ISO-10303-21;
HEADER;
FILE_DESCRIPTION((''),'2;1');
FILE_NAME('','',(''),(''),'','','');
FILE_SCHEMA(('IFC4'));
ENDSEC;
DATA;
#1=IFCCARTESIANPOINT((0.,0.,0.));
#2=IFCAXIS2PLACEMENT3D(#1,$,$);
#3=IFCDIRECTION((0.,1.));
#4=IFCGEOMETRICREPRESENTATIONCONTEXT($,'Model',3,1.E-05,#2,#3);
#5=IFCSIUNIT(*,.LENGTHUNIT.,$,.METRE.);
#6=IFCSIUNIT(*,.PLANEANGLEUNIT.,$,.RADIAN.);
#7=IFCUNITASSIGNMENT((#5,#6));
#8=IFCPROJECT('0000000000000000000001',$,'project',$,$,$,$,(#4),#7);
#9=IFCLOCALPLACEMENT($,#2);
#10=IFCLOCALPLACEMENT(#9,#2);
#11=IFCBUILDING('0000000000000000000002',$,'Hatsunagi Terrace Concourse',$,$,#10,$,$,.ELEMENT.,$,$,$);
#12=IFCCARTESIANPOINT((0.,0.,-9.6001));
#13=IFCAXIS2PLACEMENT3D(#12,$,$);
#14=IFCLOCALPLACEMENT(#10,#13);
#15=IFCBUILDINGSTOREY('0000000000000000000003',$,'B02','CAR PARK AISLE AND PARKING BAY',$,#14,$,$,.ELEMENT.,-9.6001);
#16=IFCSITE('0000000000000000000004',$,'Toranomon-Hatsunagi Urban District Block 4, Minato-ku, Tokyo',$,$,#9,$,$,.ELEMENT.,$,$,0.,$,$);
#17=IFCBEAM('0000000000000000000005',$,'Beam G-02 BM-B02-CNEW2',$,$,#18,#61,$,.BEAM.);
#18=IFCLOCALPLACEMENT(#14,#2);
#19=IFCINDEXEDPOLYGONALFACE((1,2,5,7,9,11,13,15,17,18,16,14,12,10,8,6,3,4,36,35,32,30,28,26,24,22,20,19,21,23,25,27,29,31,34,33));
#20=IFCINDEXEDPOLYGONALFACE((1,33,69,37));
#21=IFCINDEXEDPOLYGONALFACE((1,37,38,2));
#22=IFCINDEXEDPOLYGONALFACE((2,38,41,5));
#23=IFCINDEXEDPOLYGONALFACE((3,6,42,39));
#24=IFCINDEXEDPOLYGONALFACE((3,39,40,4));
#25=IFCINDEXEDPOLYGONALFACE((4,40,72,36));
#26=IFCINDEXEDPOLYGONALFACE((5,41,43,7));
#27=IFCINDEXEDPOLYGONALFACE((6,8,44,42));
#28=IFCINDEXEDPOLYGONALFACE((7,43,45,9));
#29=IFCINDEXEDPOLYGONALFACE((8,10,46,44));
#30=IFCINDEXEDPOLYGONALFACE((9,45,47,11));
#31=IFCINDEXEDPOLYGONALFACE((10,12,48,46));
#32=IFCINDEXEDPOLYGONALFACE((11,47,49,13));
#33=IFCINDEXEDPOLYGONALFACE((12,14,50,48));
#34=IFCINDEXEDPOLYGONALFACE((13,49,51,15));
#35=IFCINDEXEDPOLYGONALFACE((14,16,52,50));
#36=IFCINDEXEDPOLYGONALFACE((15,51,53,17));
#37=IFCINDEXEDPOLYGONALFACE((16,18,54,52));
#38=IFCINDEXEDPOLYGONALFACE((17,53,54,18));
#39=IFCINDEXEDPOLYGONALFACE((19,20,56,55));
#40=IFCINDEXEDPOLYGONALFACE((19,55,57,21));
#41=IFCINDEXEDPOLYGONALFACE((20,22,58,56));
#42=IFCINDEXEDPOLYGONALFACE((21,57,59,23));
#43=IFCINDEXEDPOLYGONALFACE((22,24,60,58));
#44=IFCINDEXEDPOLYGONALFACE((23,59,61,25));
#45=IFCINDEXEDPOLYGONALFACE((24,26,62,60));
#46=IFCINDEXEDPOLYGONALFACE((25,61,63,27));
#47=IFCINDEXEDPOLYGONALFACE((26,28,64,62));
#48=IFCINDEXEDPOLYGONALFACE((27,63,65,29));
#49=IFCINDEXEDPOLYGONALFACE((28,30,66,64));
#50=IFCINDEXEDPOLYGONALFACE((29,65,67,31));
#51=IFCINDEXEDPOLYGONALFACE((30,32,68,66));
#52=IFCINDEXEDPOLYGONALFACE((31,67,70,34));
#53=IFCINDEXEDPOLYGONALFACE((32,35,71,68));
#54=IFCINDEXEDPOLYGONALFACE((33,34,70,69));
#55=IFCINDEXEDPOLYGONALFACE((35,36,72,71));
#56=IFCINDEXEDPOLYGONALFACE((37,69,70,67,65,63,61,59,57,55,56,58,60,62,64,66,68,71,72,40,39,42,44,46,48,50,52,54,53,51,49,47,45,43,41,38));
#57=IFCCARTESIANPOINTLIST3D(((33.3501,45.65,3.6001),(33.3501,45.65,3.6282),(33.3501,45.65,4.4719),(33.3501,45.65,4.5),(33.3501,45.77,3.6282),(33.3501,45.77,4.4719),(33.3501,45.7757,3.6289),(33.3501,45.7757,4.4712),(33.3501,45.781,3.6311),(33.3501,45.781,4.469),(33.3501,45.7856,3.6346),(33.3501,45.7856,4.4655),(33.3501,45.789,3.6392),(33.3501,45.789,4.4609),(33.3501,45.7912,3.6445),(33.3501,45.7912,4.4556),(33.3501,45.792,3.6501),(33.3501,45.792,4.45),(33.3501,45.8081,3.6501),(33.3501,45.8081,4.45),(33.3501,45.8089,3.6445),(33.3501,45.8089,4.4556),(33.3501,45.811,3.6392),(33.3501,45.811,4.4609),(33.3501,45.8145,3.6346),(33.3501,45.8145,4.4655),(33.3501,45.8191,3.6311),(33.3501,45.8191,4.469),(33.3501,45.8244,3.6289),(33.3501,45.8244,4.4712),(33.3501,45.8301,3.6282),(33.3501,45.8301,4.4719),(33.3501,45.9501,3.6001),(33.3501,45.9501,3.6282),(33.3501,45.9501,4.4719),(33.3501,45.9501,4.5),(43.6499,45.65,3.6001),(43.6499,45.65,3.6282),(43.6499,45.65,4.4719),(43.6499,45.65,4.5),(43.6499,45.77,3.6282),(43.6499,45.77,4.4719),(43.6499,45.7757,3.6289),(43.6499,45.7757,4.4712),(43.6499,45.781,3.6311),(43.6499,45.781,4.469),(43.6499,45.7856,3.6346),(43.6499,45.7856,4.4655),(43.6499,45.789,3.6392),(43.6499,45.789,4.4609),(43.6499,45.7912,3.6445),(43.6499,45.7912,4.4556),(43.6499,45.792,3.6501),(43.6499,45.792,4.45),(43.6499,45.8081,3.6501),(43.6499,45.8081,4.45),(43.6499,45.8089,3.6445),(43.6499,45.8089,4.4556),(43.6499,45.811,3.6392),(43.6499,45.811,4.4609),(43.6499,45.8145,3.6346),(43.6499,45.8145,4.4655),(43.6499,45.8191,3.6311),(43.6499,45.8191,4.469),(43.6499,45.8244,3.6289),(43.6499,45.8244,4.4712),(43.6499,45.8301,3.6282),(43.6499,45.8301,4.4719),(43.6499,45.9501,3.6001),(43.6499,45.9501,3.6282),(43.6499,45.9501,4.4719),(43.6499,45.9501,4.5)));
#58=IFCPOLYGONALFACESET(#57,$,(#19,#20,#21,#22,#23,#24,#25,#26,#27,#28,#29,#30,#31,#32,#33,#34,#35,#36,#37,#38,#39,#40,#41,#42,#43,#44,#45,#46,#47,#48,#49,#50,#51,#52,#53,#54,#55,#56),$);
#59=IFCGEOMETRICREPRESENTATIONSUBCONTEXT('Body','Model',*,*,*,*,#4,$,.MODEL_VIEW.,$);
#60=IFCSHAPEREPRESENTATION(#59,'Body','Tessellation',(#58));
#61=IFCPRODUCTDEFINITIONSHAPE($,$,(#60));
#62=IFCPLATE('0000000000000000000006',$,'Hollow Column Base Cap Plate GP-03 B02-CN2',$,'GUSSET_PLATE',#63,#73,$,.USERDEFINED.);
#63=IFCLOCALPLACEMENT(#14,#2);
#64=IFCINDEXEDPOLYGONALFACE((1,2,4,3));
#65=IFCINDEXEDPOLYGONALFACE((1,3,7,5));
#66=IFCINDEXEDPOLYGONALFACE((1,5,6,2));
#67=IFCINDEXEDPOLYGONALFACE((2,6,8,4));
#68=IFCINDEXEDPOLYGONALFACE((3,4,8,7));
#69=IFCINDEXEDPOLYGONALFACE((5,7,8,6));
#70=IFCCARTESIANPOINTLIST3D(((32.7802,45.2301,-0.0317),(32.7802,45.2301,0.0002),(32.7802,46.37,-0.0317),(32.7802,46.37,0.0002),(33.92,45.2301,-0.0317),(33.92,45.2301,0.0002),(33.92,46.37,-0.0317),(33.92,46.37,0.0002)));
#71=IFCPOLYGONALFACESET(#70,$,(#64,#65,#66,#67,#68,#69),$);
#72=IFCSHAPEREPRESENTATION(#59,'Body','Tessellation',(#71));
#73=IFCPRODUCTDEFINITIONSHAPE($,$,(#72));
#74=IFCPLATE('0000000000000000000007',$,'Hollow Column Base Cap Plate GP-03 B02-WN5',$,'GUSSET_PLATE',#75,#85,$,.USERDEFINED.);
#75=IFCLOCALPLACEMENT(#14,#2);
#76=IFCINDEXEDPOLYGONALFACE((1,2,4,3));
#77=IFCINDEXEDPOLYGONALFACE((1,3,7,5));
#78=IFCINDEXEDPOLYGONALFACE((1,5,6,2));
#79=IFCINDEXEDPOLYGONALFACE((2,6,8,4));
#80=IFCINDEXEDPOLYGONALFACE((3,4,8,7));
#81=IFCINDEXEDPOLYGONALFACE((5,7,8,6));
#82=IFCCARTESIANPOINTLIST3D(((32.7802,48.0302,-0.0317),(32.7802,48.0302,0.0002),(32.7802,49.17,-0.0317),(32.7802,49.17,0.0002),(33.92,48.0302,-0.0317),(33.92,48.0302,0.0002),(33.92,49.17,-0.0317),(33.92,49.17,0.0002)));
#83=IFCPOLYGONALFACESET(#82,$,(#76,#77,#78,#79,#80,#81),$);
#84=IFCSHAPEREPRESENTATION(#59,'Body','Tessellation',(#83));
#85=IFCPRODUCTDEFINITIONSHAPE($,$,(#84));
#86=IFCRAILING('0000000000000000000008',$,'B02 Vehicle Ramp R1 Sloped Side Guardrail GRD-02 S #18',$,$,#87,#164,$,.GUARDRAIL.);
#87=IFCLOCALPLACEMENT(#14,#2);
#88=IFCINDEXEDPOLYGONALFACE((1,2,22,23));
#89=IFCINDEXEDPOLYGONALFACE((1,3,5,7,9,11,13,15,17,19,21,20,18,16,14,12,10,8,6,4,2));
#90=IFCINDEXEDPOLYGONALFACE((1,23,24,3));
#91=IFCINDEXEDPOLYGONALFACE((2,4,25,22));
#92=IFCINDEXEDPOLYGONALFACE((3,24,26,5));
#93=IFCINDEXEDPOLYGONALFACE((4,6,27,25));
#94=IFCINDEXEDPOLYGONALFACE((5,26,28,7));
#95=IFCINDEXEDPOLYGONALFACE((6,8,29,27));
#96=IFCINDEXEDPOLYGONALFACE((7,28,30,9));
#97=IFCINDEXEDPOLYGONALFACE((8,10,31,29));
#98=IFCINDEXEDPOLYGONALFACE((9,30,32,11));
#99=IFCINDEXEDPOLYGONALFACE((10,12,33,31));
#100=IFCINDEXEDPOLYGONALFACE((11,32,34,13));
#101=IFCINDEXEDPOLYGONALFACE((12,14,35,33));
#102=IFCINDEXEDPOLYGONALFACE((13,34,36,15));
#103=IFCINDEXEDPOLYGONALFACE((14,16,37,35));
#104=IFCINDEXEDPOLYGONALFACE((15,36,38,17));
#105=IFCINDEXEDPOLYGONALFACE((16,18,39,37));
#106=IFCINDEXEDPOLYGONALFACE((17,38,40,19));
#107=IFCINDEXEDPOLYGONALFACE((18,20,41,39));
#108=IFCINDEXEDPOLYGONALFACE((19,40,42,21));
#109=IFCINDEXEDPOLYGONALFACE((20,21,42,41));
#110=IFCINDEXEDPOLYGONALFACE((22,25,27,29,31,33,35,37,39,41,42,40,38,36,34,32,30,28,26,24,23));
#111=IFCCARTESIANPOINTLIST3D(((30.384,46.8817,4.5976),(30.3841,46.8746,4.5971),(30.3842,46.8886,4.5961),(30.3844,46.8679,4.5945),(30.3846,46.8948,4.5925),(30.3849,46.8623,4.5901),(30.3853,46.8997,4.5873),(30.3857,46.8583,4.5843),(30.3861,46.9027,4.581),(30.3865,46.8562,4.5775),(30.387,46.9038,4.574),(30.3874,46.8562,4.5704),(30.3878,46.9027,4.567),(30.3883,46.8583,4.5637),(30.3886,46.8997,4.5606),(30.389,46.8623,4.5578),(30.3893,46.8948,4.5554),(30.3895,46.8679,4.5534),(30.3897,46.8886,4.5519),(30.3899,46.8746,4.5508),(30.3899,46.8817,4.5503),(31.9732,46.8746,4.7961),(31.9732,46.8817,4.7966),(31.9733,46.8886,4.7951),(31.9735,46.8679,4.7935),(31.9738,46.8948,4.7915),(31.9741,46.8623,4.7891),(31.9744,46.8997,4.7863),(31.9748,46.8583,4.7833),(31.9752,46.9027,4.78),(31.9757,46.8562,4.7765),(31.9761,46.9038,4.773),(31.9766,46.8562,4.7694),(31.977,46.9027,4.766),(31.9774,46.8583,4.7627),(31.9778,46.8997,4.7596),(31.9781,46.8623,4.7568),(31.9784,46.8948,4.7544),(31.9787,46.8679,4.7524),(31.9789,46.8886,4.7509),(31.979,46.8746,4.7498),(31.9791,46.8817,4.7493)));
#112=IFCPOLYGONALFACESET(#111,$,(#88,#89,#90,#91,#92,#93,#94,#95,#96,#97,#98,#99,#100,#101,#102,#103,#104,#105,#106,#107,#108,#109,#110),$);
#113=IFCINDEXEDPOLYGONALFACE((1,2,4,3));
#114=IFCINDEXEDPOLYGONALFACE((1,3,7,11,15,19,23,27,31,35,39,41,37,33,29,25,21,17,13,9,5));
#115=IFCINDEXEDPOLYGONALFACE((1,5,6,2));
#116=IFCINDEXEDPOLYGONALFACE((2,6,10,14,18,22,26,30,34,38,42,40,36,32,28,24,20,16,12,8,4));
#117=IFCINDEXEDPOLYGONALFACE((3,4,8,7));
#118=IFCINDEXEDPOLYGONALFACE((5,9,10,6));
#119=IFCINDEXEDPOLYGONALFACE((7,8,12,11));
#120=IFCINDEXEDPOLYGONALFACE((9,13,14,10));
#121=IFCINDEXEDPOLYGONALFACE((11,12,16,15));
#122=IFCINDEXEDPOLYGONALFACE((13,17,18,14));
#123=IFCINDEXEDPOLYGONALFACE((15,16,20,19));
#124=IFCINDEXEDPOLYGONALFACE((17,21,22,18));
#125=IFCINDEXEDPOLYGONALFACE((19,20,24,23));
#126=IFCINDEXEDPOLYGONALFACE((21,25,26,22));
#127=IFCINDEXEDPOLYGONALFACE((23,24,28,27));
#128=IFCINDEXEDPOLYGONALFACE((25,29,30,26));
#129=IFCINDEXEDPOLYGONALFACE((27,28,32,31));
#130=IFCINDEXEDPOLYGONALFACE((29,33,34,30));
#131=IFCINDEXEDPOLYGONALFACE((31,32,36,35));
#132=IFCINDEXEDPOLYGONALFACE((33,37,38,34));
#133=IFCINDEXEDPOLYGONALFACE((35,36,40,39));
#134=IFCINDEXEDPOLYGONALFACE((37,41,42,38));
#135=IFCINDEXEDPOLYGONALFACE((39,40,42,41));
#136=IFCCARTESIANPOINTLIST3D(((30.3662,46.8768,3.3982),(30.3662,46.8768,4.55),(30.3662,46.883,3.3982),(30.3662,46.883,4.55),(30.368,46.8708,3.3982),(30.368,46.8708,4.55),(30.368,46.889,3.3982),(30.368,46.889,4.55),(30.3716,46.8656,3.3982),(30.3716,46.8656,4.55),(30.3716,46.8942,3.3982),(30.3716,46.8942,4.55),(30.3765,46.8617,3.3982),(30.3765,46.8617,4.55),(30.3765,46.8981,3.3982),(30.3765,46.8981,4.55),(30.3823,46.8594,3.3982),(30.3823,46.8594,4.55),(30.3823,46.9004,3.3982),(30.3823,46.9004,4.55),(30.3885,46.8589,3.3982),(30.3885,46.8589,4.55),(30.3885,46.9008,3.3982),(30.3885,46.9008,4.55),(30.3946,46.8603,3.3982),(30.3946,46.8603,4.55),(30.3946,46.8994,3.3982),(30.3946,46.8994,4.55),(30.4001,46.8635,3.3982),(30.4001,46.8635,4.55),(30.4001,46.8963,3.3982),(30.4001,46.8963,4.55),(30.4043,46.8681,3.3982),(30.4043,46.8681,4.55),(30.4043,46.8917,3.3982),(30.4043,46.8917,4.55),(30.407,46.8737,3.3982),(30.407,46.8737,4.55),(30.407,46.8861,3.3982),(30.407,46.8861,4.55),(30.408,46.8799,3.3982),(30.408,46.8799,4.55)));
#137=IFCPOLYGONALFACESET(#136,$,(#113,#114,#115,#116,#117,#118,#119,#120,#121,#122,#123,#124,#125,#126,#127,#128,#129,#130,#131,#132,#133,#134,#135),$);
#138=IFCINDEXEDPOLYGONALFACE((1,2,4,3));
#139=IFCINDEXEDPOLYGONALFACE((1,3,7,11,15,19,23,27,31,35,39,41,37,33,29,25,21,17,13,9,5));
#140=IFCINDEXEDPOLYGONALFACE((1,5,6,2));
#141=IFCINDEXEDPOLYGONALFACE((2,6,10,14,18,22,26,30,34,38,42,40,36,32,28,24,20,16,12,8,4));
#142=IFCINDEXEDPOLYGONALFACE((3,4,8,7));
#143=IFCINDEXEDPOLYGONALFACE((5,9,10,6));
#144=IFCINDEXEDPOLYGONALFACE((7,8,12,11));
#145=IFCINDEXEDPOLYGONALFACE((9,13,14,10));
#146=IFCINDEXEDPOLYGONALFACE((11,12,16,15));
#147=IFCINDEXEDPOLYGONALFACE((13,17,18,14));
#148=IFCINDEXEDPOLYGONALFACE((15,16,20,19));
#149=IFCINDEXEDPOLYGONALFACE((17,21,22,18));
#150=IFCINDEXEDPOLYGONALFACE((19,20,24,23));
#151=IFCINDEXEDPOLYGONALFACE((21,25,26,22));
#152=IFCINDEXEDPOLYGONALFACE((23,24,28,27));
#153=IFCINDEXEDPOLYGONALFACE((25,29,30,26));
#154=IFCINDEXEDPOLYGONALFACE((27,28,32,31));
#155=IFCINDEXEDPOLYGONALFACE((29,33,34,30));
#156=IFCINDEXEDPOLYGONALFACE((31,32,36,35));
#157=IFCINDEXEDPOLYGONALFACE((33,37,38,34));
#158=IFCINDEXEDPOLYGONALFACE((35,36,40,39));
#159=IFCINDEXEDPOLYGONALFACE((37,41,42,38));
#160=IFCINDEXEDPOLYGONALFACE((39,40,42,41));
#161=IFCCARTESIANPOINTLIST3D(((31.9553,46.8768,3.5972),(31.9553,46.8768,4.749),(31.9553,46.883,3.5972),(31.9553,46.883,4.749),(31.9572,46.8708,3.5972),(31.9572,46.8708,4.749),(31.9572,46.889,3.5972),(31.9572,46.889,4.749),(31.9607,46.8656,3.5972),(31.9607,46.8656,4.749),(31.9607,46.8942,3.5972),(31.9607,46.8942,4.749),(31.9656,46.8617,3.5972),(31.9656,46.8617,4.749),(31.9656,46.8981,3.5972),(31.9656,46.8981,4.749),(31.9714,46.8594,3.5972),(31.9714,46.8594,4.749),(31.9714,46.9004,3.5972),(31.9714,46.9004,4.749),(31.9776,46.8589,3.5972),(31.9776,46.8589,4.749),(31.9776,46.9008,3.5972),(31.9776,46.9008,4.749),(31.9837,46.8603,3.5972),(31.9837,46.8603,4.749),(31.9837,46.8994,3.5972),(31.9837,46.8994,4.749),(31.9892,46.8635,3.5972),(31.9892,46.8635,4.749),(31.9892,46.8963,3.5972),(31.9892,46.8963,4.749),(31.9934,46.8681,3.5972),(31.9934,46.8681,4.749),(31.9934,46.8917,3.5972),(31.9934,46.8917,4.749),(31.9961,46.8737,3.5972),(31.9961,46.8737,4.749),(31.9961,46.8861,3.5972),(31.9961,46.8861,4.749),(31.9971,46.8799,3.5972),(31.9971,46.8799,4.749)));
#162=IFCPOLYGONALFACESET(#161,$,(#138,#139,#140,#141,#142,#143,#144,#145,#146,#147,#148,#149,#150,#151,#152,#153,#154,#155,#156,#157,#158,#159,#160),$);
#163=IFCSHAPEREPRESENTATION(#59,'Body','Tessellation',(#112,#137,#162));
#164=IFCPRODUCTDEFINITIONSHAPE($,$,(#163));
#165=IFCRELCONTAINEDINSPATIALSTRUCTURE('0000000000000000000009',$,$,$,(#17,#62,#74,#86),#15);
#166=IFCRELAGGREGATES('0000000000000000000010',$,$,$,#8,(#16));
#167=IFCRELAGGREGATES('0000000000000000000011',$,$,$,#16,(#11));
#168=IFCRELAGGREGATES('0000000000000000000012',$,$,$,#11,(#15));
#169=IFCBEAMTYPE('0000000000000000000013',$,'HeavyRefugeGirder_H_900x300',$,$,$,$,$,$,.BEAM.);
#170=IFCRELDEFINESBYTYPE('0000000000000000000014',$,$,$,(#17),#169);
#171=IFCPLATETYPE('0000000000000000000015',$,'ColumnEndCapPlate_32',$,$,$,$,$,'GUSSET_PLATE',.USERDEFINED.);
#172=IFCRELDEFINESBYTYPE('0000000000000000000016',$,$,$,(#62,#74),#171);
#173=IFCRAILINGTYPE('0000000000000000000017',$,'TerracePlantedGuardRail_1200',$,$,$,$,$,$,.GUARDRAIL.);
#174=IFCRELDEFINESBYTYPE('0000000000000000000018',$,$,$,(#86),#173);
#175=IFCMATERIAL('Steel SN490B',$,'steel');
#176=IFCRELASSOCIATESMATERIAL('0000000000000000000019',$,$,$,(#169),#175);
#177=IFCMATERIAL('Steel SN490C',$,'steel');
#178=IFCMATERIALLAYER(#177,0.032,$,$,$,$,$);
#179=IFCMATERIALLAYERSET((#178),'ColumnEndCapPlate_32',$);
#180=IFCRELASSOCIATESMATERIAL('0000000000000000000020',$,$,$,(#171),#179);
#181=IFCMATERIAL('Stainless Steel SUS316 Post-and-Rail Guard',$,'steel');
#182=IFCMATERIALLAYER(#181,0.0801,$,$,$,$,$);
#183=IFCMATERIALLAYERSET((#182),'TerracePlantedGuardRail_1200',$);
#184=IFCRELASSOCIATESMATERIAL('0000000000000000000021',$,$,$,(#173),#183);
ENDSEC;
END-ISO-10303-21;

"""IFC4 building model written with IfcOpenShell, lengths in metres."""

from ifc_helpers import new_model, si_unit, direction, frame, origin, origin_2d, place, context, subcontext, project, spatial, rectangle, circle, i_section, extrude, material, layer, layer_set, material_profile, profile_set, type_object, element, save


model = new_model("IFC4")

# Units and contexts
model_context = context("Model", 3, precision=1e-05, world=origin(), true_north=direction((0.0, 1.0)))
body_context = subcontext(model_context, "Body", "Model", "MODEL_VIEW")
ifc_project = project(units=[si_unit("LENGTHUNIT", "METRE"), si_unit("PLANEANGLEUNIT", "RADIAN")], contexts=[model_context])

# Site, building, storey
site_placement = place(None, origin())
site = spatial("IfcSite", under=ifc_project, at=site_placement, Name="Toranomon-Hatsunagi Urban District Block 4, Minato-ku, Tokyo", CompositionType="ELEMENT", RefElevation=0.0)
building_placement = place(site_placement, origin())
building = spatial("IfcBuilding", under=site, at=building_placement, Name="Hatsunagi Terrace Concourse", CompositionType="ELEMENT")
storey_placement = place(building_placement, frame((0.0, 0.0, -9.6001)))
storey = spatial("IfcBuildingStorey", under=building, at=storey_placement, Name="B02", Description="CAR PARK AISLE AND PARKING BAY", CompositionType="ELEMENT", Elevation=-9.6001)

# Beam
ifc_material_1 = material(Name="Steel SN490B", Category="steel")
ifc_material_profile_1 = material_profile(ifc_material_1, i_section(OverallWidth=0.3, OverallDepth=0.8999, WebThickness=0.0161, FlangeThickness=0.0281, FilletRadius=0.022, at=origin_2d()), Name="H-900x300x16x28")
ifc_profile_set_1 = profile_set([ifc_material_profile_1], Name="Steel SN490B")
beam_type_1 = type_object("IfcBeamType", Name="HeavyRefugeGirder_H_900x300", PredefinedType="BEAM", material=ifc_profile_set_1)
beam_1_placement = place(storey_placement, frame((33.3501, 45.8, 4.05), z_axis=(1.0, 0.0, 0.0), x_axis=(0.0, 1.0, 0.0)))
element("IfcBeam", 1, at=beam_1_placement, inside=storey, type_object=beam_type_1, Name="Beam G-02 BM-B02-CNEW2", PredefinedType="BEAM", context=body_context, shape_type="SweptSolid", body=[
    extrude(i_section(OverallWidth=0.3, OverallDepth=0.8999, WebThickness=0.0161, FlangeThickness=0.0281, FilletRadius=0.022, at=origin_2d()), origin(), (0.0, 0.0, 1.0), 10.2998),
])

# Plates
ifc_material_2 = material(Name="Steel SN490C", Category="steel")
ifc_layer_1 = layer(ifc_material_2, 0.032)
ifc_layer_set_1 = layer_set([ifc_layer_1], Name="ColumnEndCapPlate_32")
plate_type = type_object("IfcPlateType", Name="ColumnEndCapPlate_32", ElementType="GUSSET_PLATE", PredefinedType="USERDEFINED", material=ifc_layer_set_1)
for number, where, z_axis, x_axis, name in (
    (2, (33.3501, 45.8, -0.0317), (0.0, 0.0, 1.0), (1.0, 0.0, 0.0), "Hollow Column Base Cap Plate GP-03 B02-CN2"),
    (3, (33.3501, 48.6001, -0.0317), (0.0, 0.0, 1.0), (1.0, 0.0, 0.0), "Hollow Column Base Cap Plate GP-03 B02-WN5"),
):
    element("IfcPlate", number, at=place(storey_placement, frame(where, z_axis=z_axis, x_axis=x_axis)), inside=storey, type_object=plate_type, Name=name, ObjectType="GUSSET_PLATE", PredefinedType="USERDEFINED", context=body_context, shape_type="SweptSolid", body=[
        extrude(rectangle(XDim=1.1399, YDim=1.1399, at=origin_2d()), origin(), (0.0, 0.0, 1.0), 0.032),
    ])

# Railing
ifc_material_3 = material(Name="Stainless Steel SUS316 Post-and-Rail Guard", Category="steel")
ifc_layer_2 = layer(ifc_material_3, 0.0801)
ifc_layer_set_2 = layer_set([ifc_layer_2], Name="TerracePlantedGuardRail_1200")
railing_type = type_object("IfcRailingType", Name="TerracePlantedGuardRail_1200", PredefinedType="GUARDRAIL", material=ifc_layer_set_2)
for number, where, name in (
    (4, (30.387, 46.8799, 3.3982), "B02 Vehicle Ramp R1 Sloped Side Guardrail GRD-02 S #18"),
):
    element("IfcRailing", number, at=place(storey_placement, frame(where)), inside=storey, type_object=railing_type, Name=name, PredefinedType="GUARDRAIL", context=body_context, shape_type="SweptSolid", body=[
        extrude(circle(Radius=0.0239, at=origin_2d()), frame((0.0, 0.0, 1.1758), z_axis=(0.992252, 0.0, 0.124241), x_axis=(0.0, 1.0, 0.0)), (0.0, 0.0, 1.0), 1.6016),
        extrude(circle(Radius=0.021, at=origin_2d()), origin(), (0.0, 0.0, 1.0), 1.1519),
        extrude(circle(Radius=0.021, at=origin_2d()), frame((1.5891, 0.0, 0.199)), (0.0, 0.0, 1.0), 1.1519),
    ])

save(model, "model.ifc")
